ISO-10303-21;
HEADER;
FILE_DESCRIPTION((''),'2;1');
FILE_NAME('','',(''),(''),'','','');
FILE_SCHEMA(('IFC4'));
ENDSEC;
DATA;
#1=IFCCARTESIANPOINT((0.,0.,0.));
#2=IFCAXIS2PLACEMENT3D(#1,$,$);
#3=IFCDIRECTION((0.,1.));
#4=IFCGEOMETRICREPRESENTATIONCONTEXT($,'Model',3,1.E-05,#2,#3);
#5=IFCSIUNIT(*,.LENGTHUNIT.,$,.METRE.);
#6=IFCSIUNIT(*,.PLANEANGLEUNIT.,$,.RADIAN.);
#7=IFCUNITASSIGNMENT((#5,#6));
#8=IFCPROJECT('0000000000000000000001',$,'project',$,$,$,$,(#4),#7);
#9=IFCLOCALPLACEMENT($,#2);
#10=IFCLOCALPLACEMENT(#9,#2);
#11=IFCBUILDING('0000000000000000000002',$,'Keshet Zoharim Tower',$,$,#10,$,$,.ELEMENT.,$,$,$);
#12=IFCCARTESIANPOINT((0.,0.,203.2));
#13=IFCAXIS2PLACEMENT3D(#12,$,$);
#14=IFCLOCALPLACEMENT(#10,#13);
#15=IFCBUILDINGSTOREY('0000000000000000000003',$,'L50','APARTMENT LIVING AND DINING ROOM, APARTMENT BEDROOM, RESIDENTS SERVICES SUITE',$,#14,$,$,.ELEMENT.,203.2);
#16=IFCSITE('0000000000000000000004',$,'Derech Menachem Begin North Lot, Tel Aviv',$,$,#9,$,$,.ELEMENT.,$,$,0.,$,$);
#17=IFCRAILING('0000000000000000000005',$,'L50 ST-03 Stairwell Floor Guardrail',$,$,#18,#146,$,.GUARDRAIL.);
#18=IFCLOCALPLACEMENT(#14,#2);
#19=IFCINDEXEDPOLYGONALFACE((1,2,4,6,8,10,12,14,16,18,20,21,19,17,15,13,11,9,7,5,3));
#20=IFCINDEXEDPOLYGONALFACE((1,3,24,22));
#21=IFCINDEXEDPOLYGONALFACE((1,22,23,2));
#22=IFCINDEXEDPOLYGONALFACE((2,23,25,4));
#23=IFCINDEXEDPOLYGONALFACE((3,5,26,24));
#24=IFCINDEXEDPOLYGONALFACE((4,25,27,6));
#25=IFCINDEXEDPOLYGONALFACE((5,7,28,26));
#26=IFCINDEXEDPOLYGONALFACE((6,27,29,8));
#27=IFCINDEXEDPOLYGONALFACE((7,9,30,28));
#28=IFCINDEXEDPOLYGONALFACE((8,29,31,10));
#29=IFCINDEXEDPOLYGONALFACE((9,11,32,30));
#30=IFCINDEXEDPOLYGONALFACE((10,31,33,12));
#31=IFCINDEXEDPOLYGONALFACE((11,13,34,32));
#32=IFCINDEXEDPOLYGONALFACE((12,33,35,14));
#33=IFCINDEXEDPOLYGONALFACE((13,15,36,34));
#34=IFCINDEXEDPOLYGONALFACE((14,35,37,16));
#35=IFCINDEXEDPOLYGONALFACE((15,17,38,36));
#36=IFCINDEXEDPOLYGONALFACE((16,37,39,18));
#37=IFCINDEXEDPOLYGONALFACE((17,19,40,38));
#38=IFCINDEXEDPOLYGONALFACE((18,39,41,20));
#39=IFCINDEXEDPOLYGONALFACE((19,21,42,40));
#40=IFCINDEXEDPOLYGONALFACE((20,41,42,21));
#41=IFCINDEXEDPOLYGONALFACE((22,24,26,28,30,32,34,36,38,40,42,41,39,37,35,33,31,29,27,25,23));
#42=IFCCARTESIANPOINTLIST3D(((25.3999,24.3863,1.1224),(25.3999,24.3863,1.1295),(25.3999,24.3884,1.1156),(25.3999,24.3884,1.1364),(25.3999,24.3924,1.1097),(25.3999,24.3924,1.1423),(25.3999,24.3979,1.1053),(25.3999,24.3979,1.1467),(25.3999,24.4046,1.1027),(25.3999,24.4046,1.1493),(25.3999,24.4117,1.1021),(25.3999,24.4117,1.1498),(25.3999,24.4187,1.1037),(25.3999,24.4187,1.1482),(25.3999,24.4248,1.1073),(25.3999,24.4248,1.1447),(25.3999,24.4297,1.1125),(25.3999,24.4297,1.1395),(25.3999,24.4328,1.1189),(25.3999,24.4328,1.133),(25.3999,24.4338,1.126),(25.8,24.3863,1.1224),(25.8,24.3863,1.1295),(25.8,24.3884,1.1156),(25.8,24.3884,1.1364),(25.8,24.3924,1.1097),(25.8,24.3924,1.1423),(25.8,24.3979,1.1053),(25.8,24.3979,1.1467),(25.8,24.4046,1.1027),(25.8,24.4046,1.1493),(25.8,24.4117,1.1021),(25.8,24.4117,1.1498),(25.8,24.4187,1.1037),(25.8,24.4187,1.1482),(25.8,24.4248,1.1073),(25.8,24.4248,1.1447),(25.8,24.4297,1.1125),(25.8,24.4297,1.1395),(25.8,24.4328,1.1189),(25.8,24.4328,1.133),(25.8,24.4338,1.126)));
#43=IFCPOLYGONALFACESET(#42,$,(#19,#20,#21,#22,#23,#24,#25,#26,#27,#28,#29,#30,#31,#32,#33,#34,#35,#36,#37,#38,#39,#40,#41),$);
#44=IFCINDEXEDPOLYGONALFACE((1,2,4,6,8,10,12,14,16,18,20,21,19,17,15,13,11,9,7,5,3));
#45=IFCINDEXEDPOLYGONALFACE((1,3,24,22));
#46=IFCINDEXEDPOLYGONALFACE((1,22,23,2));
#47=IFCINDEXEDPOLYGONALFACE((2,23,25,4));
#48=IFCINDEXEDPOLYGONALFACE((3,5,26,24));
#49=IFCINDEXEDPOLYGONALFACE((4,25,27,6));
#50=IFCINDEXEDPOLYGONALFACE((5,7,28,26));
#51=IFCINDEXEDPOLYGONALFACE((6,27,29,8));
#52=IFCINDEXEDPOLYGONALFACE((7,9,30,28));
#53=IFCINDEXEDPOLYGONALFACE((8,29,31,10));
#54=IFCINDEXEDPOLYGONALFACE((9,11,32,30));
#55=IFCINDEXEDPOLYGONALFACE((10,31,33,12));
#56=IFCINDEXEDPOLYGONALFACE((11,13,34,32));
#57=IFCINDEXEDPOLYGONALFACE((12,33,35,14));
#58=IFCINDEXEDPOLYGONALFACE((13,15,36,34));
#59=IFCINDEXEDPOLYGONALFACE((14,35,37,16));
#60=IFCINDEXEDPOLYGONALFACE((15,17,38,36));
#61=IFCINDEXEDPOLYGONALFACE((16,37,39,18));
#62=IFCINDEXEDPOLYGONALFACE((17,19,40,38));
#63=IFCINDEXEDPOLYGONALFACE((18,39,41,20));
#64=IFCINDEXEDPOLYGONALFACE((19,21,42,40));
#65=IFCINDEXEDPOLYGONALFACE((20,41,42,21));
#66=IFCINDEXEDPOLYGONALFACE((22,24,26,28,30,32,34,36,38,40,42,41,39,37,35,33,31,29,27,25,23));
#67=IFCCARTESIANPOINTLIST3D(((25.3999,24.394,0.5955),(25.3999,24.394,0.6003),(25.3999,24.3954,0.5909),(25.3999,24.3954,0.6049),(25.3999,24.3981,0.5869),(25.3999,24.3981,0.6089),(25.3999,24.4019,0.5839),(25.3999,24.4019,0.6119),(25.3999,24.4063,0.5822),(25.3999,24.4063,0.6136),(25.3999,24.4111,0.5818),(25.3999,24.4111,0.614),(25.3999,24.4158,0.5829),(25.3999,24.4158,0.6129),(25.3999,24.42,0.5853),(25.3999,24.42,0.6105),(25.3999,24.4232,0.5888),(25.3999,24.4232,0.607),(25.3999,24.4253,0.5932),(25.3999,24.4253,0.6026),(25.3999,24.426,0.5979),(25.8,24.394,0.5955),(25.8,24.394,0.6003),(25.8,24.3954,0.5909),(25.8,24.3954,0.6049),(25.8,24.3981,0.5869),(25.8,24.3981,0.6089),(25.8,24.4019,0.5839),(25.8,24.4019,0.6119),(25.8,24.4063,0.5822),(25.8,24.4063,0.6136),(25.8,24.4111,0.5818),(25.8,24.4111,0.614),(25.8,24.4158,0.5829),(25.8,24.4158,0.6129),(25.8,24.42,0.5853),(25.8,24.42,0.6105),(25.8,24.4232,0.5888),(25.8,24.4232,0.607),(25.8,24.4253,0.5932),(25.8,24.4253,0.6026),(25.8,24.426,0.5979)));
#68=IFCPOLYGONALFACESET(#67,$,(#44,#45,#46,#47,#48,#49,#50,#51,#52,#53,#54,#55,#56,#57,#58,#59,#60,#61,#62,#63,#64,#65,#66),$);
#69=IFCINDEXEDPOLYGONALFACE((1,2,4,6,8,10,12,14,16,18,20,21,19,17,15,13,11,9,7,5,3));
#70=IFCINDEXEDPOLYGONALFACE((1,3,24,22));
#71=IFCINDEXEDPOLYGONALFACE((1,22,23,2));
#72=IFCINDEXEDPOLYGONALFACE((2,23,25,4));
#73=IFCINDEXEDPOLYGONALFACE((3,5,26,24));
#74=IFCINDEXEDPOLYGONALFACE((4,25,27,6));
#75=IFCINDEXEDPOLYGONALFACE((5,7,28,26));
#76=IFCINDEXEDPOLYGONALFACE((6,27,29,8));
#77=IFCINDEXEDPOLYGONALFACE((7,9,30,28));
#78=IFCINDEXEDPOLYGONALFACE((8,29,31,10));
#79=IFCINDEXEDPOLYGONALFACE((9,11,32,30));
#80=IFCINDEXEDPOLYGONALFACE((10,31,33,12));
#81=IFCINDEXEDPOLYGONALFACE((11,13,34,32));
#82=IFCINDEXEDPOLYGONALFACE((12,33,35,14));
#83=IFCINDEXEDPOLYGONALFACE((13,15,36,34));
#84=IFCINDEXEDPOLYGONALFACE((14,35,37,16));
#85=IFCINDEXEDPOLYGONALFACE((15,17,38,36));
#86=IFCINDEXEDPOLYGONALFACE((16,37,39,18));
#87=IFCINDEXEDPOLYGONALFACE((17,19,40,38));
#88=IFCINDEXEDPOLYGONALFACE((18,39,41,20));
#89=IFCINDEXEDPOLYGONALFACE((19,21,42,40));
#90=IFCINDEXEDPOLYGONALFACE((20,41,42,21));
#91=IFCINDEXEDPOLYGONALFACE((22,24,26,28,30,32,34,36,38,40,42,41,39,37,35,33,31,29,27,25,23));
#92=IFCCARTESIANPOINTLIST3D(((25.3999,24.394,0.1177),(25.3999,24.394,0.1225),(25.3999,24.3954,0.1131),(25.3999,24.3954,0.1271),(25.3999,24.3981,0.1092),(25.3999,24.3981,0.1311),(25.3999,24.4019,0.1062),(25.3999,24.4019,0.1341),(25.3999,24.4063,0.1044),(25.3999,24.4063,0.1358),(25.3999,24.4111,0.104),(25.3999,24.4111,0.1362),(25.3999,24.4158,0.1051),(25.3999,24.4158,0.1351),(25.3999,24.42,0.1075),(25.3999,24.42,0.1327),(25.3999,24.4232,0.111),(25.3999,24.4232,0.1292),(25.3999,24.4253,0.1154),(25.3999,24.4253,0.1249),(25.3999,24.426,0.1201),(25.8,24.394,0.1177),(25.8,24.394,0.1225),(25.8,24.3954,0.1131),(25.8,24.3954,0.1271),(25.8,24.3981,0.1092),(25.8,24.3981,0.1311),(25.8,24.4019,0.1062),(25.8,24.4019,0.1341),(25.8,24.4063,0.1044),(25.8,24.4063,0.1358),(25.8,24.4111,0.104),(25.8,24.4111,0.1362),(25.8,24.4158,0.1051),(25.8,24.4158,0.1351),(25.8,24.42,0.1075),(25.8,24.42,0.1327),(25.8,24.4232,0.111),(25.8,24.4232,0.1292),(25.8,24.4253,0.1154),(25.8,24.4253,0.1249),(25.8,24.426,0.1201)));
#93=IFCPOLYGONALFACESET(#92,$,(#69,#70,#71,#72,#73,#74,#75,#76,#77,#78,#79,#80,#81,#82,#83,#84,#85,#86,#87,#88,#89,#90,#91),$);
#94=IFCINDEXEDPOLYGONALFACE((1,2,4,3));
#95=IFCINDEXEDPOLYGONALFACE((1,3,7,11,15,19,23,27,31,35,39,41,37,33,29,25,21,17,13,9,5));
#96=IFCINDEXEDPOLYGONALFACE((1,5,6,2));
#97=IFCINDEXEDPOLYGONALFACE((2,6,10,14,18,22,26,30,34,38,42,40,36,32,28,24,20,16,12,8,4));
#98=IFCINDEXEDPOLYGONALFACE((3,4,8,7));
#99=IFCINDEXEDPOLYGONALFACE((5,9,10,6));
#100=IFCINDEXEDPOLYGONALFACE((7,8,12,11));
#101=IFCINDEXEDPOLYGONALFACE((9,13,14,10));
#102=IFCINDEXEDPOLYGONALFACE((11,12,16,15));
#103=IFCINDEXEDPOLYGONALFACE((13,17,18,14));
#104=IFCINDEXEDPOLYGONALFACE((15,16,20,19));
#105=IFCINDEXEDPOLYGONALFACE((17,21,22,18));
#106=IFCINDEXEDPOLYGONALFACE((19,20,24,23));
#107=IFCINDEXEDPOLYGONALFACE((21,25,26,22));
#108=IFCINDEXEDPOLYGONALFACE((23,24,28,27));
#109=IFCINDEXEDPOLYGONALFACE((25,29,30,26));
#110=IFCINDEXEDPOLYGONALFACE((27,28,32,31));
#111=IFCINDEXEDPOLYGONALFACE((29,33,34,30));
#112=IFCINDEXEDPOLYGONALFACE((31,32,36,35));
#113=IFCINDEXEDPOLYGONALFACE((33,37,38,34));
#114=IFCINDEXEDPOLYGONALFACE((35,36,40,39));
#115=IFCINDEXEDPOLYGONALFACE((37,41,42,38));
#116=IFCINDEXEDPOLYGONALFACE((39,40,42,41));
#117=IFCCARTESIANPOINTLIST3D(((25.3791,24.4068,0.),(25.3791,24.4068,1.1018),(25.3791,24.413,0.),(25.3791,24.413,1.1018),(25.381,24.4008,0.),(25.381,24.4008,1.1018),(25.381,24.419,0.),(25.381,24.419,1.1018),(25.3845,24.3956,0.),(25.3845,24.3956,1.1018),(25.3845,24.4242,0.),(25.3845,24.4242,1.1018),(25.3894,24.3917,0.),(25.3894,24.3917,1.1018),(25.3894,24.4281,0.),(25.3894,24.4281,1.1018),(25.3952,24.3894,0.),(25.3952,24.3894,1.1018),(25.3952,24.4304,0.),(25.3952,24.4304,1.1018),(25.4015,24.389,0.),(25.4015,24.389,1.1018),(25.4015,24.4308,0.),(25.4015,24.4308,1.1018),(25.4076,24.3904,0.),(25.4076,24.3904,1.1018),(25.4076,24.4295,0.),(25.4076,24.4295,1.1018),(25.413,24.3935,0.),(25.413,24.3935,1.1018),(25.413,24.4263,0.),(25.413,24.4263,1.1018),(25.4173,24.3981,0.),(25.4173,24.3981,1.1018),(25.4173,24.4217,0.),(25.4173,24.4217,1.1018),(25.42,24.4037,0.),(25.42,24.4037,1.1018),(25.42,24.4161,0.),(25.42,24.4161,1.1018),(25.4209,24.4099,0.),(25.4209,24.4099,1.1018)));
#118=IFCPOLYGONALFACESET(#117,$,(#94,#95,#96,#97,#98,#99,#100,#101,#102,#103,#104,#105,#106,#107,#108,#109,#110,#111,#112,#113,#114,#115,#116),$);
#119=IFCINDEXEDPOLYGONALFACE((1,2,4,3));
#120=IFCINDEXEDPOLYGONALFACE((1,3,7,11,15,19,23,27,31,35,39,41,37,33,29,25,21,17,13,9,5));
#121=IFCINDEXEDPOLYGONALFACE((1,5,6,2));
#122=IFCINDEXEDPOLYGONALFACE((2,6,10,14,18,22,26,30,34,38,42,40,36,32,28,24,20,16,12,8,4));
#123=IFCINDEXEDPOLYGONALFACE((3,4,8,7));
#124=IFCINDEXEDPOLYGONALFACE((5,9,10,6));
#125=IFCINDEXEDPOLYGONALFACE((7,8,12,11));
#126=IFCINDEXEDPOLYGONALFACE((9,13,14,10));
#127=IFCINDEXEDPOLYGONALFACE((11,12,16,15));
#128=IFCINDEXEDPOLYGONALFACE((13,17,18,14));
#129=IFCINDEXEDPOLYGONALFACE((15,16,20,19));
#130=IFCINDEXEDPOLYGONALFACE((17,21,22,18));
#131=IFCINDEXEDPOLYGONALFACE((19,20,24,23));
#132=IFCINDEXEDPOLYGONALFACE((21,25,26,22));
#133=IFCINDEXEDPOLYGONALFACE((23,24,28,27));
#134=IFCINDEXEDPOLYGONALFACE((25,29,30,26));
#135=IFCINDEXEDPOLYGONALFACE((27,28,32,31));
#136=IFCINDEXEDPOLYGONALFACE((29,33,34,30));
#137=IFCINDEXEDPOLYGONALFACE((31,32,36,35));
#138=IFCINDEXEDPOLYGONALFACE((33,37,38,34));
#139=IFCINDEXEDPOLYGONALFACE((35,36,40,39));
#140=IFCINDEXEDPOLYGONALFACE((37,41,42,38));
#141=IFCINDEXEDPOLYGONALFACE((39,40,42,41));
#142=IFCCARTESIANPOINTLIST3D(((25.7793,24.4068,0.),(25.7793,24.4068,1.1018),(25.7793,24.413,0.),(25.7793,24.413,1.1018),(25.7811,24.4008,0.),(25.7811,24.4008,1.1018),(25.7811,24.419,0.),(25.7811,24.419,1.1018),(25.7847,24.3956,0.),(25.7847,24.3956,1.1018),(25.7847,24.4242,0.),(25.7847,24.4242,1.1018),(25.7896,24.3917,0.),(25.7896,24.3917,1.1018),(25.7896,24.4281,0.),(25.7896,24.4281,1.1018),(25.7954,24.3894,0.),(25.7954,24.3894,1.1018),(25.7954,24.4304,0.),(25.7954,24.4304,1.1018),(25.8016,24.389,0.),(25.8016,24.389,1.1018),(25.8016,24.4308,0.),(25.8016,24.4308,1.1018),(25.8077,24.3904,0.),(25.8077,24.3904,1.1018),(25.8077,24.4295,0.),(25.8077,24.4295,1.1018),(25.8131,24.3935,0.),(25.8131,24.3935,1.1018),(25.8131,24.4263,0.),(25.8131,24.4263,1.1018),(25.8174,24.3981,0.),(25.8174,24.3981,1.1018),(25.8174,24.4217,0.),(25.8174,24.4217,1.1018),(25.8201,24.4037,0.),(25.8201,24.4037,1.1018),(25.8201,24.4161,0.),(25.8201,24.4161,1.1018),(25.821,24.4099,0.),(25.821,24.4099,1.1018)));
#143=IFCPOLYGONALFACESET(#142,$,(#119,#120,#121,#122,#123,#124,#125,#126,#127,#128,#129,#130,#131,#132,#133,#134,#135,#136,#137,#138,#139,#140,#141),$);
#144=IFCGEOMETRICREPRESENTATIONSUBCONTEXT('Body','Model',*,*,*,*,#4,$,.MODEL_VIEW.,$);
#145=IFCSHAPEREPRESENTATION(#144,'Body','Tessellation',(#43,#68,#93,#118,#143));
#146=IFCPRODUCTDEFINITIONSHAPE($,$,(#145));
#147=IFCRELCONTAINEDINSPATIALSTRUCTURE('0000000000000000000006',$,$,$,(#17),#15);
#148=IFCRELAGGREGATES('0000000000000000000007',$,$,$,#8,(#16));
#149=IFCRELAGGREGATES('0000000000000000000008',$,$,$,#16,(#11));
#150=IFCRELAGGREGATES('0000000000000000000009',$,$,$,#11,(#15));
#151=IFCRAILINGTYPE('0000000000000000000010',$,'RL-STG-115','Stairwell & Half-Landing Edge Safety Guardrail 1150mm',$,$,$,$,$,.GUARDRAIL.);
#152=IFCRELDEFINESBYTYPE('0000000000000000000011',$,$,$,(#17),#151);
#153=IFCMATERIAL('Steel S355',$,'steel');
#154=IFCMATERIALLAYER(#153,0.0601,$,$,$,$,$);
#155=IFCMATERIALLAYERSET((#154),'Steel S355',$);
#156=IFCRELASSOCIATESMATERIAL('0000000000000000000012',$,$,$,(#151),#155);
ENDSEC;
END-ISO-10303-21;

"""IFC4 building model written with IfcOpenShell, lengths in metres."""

from ifc_helpers import new_model, si_unit, direction, frame, origin, origin_2d, place, context, subcontext, project, spatial, circle, extrude, material, layer, layer_set, type_object, element, save


model = new_model("IFC4")

# Units and contexts
model_context = context("Model", 3, precision=1e-05, world=origin(), true_north=direction((0.0, 1.0)))
body_context = subcontext(model_context, "Body", "Model", "MODEL_VIEW")
ifc_project = project(units=[si_unit("LENGTHUNIT", "METRE"), si_unit("PLANEANGLEUNIT", "RADIAN")], contexts=[model_context])

# Site, building, storey
site_placement = place(None, origin())
site = spatial("IfcSite", under=ifc_project, at=site_placement, Name="Derech Menachem Begin North Lot, Tel Aviv", CompositionType="ELEMENT", RefElevation=0.0)
building_placement = place(site_placement, origin())
building = spatial("IfcBuilding", under=site, at=building_placement, Name="Keshet Zoharim Tower", CompositionType="ELEMENT")
storey_placement = place(building_placement, frame((0.0, 0.0, 203.2)))
storey = spatial("IfcBuildingStorey", under=building, at=storey_placement, Name="L50", Description="APARTMENT LIVING AND DINING ROOM, APARTMENT BEDROOM, RESIDENTS SERVICES SUITE", CompositionType="ELEMENT", Elevation=203.2)

# Railing
ifc_material_1 = material(Name="Steel S355", Category="steel")
ifc_layer_1 = layer(ifc_material_1, 0.0601)
ifc_layer_set_1 = layer_set([ifc_layer_1], Name="Steel S355")
railing_type_1 = type_object("IfcRailingType", Name="RL-STG-115", Description="Stairwell & Half-Landing Edge Safety Guardrail 1150mm", PredefinedType="GUARDRAIL", material=ifc_layer_set_1)
railing_1_placement = place(storey_placement, frame((25.3999, 24.4099, 0.0)))
element("IfcRailing", 1, at=railing_1_placement, inside=storey, type_object=railing_type_1, Name="L50 ST-03 Stairwell Floor Guardrail", PredefinedType="GUARDRAIL", context=body_context, shape_type="SweptSolid", body=[
    extrude(circle(Radius=0.0239, at=origin_2d()), frame((0.0, 0.0, 1.126), z_axis=(1.0, 0.0, 0.0), x_axis=(0.0, 1.0, 0.0)), (0.0, 0.0, 1.0), 0.4001),
    extrude(circle(Radius=0.0161, at=origin_2d()), frame((0.0, 0.0, 0.5979), z_axis=(1.0, 0.0, 0.0), x_axis=(0.0, 1.0, 0.0)), (0.0, 0.0, 1.0), 0.4001),
    extrude(circle(Radius=0.0161, at=origin_2d()), frame((0.0, 0.0, 0.1201), z_axis=(1.0, 0.0, 0.0), x_axis=(0.0, 1.0, 0.0)), (0.0, 0.0, 1.0), 0.4001),
    extrude(circle(Radius=0.021, at=origin_2d()), origin(), (0.0, 0.0, 1.0), 1.1018),
    extrude(circle(Radius=0.021, at=origin_2d()), frame((0.4001, 0.0, 0.0)), (0.0, 0.0, 1.0), 1.1018),
])

save(model, "model.ifc")
